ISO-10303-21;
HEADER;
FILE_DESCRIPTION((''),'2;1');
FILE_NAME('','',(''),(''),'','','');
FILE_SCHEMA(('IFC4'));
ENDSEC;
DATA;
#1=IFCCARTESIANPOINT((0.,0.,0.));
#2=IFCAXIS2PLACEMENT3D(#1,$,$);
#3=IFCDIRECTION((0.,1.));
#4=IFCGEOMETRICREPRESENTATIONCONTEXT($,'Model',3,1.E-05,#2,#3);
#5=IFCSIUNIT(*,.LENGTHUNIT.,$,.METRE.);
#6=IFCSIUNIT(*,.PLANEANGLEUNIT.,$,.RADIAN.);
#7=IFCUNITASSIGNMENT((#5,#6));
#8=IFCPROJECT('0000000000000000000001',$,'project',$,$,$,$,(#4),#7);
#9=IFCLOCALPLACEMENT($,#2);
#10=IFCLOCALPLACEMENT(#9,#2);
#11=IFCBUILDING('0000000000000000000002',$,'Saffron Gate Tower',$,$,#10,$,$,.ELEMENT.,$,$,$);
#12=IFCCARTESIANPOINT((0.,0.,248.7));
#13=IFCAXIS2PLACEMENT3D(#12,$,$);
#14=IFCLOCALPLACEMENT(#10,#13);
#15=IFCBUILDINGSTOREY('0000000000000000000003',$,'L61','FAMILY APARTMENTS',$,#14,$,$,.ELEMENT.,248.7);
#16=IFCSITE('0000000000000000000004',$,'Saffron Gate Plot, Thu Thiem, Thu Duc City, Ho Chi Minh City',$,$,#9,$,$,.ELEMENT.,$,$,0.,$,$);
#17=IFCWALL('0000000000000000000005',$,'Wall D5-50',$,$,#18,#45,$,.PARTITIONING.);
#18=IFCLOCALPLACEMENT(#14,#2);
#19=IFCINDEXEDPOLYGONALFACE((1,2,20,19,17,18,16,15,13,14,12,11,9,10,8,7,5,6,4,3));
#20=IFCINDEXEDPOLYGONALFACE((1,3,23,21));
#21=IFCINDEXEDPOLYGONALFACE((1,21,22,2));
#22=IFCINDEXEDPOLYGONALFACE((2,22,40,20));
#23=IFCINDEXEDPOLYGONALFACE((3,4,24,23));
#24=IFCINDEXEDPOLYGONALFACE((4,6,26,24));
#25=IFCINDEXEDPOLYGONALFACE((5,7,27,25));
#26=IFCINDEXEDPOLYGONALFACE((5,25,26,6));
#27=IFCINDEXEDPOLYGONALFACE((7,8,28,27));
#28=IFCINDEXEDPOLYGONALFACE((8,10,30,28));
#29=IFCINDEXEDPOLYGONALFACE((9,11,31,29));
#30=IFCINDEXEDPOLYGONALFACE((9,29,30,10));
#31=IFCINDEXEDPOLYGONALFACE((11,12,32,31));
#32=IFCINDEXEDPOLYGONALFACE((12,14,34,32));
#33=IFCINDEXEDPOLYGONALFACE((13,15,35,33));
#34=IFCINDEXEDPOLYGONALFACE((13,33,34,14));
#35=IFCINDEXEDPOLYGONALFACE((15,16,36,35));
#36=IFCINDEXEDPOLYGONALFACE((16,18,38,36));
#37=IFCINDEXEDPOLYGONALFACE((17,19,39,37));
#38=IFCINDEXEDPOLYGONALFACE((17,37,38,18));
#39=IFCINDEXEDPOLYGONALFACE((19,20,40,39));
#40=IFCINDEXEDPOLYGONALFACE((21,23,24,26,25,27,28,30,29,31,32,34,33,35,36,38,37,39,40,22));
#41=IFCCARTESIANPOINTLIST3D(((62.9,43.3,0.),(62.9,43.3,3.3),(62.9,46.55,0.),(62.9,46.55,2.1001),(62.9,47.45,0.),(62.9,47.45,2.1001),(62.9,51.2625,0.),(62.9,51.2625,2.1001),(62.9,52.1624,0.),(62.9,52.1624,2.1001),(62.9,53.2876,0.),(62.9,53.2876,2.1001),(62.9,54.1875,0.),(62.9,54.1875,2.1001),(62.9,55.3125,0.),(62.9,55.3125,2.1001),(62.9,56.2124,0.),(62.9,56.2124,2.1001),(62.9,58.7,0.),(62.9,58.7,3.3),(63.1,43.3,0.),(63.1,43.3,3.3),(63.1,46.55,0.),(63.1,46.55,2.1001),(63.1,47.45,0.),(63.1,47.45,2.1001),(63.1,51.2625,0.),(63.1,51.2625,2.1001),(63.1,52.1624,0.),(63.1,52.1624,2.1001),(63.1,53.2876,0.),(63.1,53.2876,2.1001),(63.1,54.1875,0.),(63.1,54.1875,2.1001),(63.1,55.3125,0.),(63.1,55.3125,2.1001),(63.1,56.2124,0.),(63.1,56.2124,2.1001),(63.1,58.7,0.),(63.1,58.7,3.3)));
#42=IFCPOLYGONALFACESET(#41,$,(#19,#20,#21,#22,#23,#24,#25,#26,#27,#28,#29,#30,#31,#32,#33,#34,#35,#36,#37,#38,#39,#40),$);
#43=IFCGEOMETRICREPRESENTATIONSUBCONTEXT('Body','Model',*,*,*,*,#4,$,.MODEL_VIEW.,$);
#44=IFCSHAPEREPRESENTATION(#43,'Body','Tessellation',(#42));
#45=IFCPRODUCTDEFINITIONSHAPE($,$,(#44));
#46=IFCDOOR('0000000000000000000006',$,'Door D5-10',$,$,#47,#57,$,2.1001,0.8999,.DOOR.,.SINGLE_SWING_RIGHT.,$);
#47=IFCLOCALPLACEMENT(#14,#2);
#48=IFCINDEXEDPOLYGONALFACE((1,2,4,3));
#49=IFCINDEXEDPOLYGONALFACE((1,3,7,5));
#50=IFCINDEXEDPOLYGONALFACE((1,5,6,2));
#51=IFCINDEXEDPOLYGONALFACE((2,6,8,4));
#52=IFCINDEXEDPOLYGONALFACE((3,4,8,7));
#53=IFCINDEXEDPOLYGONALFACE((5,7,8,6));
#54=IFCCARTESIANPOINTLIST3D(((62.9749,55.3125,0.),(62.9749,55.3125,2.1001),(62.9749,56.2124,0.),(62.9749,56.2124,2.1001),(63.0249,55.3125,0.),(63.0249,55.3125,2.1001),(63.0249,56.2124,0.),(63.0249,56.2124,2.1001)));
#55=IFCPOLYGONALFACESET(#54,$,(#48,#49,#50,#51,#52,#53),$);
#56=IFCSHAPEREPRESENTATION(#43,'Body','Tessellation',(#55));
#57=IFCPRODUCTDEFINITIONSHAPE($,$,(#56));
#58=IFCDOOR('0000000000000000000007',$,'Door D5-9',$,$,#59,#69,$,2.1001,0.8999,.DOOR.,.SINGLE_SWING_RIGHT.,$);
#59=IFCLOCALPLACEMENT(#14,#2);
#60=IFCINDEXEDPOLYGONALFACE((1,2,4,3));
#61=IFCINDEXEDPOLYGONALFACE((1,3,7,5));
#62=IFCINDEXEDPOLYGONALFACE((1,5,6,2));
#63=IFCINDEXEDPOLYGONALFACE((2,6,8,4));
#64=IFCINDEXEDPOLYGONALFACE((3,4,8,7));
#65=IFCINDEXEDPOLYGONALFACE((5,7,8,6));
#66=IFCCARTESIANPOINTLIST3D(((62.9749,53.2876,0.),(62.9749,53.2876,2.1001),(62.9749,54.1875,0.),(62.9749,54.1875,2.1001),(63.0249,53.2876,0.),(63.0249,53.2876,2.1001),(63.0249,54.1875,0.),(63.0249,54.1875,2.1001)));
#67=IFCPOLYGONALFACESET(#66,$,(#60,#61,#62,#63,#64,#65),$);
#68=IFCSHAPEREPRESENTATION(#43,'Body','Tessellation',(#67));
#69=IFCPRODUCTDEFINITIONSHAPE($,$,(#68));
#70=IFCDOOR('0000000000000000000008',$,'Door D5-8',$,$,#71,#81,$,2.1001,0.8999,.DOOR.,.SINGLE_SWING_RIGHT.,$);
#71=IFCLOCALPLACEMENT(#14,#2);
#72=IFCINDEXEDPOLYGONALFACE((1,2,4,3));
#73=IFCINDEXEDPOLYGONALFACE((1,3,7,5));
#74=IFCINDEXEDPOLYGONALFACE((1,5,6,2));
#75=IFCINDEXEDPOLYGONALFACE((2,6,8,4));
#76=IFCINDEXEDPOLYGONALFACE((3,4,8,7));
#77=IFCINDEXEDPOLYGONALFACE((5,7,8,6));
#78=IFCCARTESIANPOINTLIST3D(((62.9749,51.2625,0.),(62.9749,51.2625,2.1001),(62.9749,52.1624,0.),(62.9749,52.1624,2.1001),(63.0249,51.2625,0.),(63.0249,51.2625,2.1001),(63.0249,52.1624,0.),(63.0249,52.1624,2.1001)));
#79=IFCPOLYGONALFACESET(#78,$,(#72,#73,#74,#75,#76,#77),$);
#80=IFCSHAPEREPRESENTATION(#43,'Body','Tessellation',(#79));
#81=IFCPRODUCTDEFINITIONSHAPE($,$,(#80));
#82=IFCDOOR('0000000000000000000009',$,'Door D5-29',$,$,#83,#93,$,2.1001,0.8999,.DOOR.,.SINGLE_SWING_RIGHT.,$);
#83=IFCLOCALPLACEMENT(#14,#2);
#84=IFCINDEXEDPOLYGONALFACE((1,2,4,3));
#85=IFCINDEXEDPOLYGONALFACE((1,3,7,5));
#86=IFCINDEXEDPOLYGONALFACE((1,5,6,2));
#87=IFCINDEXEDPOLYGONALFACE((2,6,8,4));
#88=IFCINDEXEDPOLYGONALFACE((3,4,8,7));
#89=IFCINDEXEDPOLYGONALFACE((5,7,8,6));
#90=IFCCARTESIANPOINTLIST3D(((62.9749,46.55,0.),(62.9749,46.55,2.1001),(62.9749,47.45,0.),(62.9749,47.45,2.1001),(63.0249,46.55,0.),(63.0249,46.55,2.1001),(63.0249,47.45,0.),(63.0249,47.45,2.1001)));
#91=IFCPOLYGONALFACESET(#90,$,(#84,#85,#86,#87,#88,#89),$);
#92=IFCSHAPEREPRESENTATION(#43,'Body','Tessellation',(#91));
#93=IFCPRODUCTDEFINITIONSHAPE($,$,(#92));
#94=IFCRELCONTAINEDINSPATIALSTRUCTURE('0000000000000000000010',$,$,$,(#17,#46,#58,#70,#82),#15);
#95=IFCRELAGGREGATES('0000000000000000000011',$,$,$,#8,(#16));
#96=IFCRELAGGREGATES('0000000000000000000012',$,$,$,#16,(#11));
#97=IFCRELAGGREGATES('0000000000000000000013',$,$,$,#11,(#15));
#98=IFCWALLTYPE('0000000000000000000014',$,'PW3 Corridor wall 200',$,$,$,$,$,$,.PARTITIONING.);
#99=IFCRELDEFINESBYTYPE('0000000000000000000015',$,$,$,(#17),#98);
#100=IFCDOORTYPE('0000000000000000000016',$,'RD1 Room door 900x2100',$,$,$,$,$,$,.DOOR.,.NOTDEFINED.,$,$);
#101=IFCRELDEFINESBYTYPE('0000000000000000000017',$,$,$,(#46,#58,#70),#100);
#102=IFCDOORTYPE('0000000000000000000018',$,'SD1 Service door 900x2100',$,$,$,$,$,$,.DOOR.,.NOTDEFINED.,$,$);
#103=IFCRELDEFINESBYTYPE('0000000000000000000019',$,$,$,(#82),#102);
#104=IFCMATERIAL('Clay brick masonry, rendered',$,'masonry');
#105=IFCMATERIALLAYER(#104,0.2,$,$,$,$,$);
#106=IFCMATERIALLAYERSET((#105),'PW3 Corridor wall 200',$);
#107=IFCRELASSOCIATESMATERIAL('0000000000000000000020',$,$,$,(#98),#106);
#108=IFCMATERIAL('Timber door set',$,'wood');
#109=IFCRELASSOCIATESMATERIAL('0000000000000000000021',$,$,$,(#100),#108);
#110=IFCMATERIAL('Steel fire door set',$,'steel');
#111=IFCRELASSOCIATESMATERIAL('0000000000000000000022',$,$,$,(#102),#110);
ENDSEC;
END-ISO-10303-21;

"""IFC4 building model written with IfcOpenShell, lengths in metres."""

from ifc_helpers import new_model, si_unit, direction, frame, frame_2d, origin, place, context, subcontext, project, spatial, rectangle, extrude, material, layer, layer_set, type_object, element, fill, save


model = new_model("IFC4")

# Units and contexts
model_context = context("Model", 3, precision=1e-05, world=origin(), true_north=direction((0.0, 1.0)))
body_context = subcontext(model_context, "Body", "Model", "MODEL_VIEW")
ifc_project = project(units=[si_unit("LENGTHUNIT", "METRE"), si_unit("PLANEANGLEUNIT", "RADIAN")], contexts=[model_context])

# Site, building, storey
site_placement = place(None, origin())
site = spatial("IfcSite", under=ifc_project, at=site_placement, Name="Saffron Gate Plot, Thu Thiem, Thu Duc City, Ho Chi Minh City", CompositionType="ELEMENT", RefElevation=0.0)
building_placement = place(site_placement, origin())
building = spatial("IfcBuilding", under=site, at=building_placement, Name="Saffron Gate Tower", CompositionType="ELEMENT")
storey_placement = place(building_placement, frame((0.0, 0.0, 248.7)))
storey = spatial("IfcBuildingStorey", under=building, at=storey_placement, Name="L61", Description="FAMILY APARTMENTS", CompositionType="ELEMENT", Elevation=248.7)

# Shared definitions
ifc_material_1 = material(Name="Steel fire door set", Category="steel")

# Shared definitions
ifc_material_2 = material(Name="Clay brick masonry, rendered", Category="masonry")

# Wall, openings, doors
ifc_layer_1 = layer(ifc_material_2, 0.2)
ifc_layer_set_1 = layer_set([ifc_layer_1], Name="PW3 Corridor wall 200")
wall_type_1 = type_object("IfcWallType", Name="PW3 Corridor wall 200", PredefinedType="PARTITIONING", material=ifc_layer_set_1)
wall_1_placement = place(storey_placement, frame((63.0, 58.7, 0.0), z_axis=(0.0, 0.0, 1.0), x_axis=(0.0, -1.0, 0.0)))
wall_1 = element("IfcWall", 1, at=wall_1_placement, inside=storey, type_object=wall_type_1, Name="Wall D5-50", PredefinedType="PARTITIONING", context=body_context, shape_type="SweptSolid", body=[
    extrude(rectangle(XDim=15.3999, YDim=0.2, at=frame_2d((7.7, 0.0))), origin(), (0.0, 0.0, 1.0), 3.3),
])
opening_1_placement = place(wall_1_placement, frame((2.4875, 0.0, 0.0)))
opening_1 = element("IfcOpeningElement", 2, at=opening_1_placement, cuts=wall_1, PredefinedType="OPENING", context=body_context, shape_type="SweptSolid", body=[
    extrude(rectangle(XDim=0.8999, YDim=2.1001, at=frame_2d((0.45, 1.05))), frame((0.0, 0.1099, 0.0), z_axis=(0.0, -1.0, 0.0), x_axis=(1.0, 0.0, 0.0)), (0.0, 0.0, 1.0), 0.22),
])
opening_2_placement = place(wall_1_placement, frame((4.5125, 0.0, 0.0)))
opening_2 = element("IfcOpeningElement", 3, at=opening_2_placement, cuts=wall_1, PredefinedType="OPENING", context=body_context, shape_type="SweptSolid", body=[
    extrude(rectangle(XDim=0.8999, YDim=2.1001, at=frame_2d((0.45, 1.05))), frame((0.0, 0.1099, 0.0), z_axis=(0.0, -1.0, 0.0), x_axis=(1.0, 0.0, 0.0)), (0.0, 0.0, 1.0), 0.22),
])
opening_3_placement = place(wall_1_placement, frame((6.5376, 0.0, 0.0)))
opening_3 = element("IfcOpeningElement", 4, at=opening_3_placement, cuts=wall_1, PredefinedType="OPENING", context=body_context, shape_type="SweptSolid", body=[
    extrude(rectangle(XDim=0.8999, YDim=2.1001, at=frame_2d((0.45, 1.05))), frame((0.0, 0.1099, 0.0), z_axis=(0.0, -1.0, 0.0), x_axis=(1.0, 0.0, 0.0)), (0.0, 0.0, 1.0), 0.22),
])
opening_4_placement = place(wall_1_placement, frame((11.25, 0.0, 0.0)))
opening_4 = element("IfcOpeningElement", 5, at=opening_4_placement, cuts=wall_1, PredefinedType="OPENING", context=body_context, shape_type="SweptSolid", body=[
    extrude(rectangle(XDim=0.8999, YDim=2.1001, at=frame_2d((0.45, 1.05))), frame((0.0, 0.1099, 0.0), z_axis=(0.0, -1.0, 0.0), x_axis=(1.0, 0.0, 0.0)), (0.0, 0.0, 1.0), 0.22),
])
ifc_material_3 = material(Name="Timber door set", Category="wood")
door_type_1 = type_object("IfcDoorType", Name="RD1 Room door 900x2100", OperationType="NOTDEFINED", PredefinedType="DOOR", material=ifc_material_3)
door_1_placement = place(opening_1_placement, origin())
door_1 = element("IfcDoor", 6, at=door_1_placement, inside=storey, type_object=door_type_1, Name="Door D5-10", OperationType="SINGLE_SWING_RIGHT", OverallHeight=2.1001, OverallWidth=0.8999, PredefinedType="DOOR", context=body_context, shape_type="SweptSolid", body=[
    extrude(rectangle(XDim=0.8999, YDim=2.1001, at=frame_2d((0.45, 1.05))), frame((0.0, 0.0249, 0.0), z_axis=(0.0, -1.0, 0.0), x_axis=(1.0, 0.0, 0.0)), (0.0, 0.0, 1.0), 0.05),
])
fill(opening_1, door_1)
door_2_placement = place(opening_2_placement, origin())
door_2 = element("IfcDoor", 7, at=door_2_placement, inside=storey, type_object=door_type_1, Name="Door D5-9", OperationType="SINGLE_SWING_RIGHT", OverallHeight=2.1001, OverallWidth=0.8999, PredefinedType="DOOR", context=body_context, shape_type="SweptSolid", body=[
    extrude(rectangle(XDim=0.8999, YDim=2.1001, at=frame_2d((0.45, 1.05))), frame((0.0, 0.0249, 0.0), z_axis=(0.0, -1.0, 0.0), x_axis=(1.0, 0.0, 0.0)), (0.0, 0.0, 1.0), 0.05),
])
fill(opening_2, door_2)
door_3_placement = place(opening_3_placement, origin())
door_3 = element("IfcDoor", 8, at=door_3_placement, inside=storey, type_object=door_type_1, Name="Door D5-8", OperationType="SINGLE_SWING_RIGHT", OverallHeight=2.1001, OverallWidth=0.8999, PredefinedType="DOOR", context=body_context, shape_type="SweptSolid", body=[
    extrude(rectangle(XDim=0.8999, YDim=2.1001, at=frame_2d((0.45, 1.05))), frame((0.0, 0.0249, 0.0), z_axis=(0.0, -1.0, 0.0), x_axis=(1.0, 0.0, 0.0)), (0.0, 0.0, 1.0), 0.05),
])
fill(opening_3, door_3)
door_type_2 = type_object("IfcDoorType", Name="SD1 Service door 900x2100", OperationType="NOTDEFINED", PredefinedType="DOOR", material=ifc_material_1)
door_4_placement = place(opening_4_placement, origin())
door_4 = element("IfcDoor", 9, at=door_4_placement, inside=storey, type_object=door_type_2, Name="Door D5-29", OperationType="SINGLE_SWING_RIGHT", OverallHeight=2.1001, OverallWidth=0.8999, PredefinedType="DOOR", context=body_context, shape_type="SweptSolid", body=[
    extrude(rectangle(XDim=0.8999, YDim=2.1001, at=frame_2d((0.45, 1.05))), frame((0.0, 0.0249, 0.0), z_axis=(0.0, -1.0, 0.0), x_axis=(1.0, 0.0, 0.0)), (0.0, 0.0, 1.0), 0.05),
])
fill(opening_4, door_4)

save(model, "model.ifc")
